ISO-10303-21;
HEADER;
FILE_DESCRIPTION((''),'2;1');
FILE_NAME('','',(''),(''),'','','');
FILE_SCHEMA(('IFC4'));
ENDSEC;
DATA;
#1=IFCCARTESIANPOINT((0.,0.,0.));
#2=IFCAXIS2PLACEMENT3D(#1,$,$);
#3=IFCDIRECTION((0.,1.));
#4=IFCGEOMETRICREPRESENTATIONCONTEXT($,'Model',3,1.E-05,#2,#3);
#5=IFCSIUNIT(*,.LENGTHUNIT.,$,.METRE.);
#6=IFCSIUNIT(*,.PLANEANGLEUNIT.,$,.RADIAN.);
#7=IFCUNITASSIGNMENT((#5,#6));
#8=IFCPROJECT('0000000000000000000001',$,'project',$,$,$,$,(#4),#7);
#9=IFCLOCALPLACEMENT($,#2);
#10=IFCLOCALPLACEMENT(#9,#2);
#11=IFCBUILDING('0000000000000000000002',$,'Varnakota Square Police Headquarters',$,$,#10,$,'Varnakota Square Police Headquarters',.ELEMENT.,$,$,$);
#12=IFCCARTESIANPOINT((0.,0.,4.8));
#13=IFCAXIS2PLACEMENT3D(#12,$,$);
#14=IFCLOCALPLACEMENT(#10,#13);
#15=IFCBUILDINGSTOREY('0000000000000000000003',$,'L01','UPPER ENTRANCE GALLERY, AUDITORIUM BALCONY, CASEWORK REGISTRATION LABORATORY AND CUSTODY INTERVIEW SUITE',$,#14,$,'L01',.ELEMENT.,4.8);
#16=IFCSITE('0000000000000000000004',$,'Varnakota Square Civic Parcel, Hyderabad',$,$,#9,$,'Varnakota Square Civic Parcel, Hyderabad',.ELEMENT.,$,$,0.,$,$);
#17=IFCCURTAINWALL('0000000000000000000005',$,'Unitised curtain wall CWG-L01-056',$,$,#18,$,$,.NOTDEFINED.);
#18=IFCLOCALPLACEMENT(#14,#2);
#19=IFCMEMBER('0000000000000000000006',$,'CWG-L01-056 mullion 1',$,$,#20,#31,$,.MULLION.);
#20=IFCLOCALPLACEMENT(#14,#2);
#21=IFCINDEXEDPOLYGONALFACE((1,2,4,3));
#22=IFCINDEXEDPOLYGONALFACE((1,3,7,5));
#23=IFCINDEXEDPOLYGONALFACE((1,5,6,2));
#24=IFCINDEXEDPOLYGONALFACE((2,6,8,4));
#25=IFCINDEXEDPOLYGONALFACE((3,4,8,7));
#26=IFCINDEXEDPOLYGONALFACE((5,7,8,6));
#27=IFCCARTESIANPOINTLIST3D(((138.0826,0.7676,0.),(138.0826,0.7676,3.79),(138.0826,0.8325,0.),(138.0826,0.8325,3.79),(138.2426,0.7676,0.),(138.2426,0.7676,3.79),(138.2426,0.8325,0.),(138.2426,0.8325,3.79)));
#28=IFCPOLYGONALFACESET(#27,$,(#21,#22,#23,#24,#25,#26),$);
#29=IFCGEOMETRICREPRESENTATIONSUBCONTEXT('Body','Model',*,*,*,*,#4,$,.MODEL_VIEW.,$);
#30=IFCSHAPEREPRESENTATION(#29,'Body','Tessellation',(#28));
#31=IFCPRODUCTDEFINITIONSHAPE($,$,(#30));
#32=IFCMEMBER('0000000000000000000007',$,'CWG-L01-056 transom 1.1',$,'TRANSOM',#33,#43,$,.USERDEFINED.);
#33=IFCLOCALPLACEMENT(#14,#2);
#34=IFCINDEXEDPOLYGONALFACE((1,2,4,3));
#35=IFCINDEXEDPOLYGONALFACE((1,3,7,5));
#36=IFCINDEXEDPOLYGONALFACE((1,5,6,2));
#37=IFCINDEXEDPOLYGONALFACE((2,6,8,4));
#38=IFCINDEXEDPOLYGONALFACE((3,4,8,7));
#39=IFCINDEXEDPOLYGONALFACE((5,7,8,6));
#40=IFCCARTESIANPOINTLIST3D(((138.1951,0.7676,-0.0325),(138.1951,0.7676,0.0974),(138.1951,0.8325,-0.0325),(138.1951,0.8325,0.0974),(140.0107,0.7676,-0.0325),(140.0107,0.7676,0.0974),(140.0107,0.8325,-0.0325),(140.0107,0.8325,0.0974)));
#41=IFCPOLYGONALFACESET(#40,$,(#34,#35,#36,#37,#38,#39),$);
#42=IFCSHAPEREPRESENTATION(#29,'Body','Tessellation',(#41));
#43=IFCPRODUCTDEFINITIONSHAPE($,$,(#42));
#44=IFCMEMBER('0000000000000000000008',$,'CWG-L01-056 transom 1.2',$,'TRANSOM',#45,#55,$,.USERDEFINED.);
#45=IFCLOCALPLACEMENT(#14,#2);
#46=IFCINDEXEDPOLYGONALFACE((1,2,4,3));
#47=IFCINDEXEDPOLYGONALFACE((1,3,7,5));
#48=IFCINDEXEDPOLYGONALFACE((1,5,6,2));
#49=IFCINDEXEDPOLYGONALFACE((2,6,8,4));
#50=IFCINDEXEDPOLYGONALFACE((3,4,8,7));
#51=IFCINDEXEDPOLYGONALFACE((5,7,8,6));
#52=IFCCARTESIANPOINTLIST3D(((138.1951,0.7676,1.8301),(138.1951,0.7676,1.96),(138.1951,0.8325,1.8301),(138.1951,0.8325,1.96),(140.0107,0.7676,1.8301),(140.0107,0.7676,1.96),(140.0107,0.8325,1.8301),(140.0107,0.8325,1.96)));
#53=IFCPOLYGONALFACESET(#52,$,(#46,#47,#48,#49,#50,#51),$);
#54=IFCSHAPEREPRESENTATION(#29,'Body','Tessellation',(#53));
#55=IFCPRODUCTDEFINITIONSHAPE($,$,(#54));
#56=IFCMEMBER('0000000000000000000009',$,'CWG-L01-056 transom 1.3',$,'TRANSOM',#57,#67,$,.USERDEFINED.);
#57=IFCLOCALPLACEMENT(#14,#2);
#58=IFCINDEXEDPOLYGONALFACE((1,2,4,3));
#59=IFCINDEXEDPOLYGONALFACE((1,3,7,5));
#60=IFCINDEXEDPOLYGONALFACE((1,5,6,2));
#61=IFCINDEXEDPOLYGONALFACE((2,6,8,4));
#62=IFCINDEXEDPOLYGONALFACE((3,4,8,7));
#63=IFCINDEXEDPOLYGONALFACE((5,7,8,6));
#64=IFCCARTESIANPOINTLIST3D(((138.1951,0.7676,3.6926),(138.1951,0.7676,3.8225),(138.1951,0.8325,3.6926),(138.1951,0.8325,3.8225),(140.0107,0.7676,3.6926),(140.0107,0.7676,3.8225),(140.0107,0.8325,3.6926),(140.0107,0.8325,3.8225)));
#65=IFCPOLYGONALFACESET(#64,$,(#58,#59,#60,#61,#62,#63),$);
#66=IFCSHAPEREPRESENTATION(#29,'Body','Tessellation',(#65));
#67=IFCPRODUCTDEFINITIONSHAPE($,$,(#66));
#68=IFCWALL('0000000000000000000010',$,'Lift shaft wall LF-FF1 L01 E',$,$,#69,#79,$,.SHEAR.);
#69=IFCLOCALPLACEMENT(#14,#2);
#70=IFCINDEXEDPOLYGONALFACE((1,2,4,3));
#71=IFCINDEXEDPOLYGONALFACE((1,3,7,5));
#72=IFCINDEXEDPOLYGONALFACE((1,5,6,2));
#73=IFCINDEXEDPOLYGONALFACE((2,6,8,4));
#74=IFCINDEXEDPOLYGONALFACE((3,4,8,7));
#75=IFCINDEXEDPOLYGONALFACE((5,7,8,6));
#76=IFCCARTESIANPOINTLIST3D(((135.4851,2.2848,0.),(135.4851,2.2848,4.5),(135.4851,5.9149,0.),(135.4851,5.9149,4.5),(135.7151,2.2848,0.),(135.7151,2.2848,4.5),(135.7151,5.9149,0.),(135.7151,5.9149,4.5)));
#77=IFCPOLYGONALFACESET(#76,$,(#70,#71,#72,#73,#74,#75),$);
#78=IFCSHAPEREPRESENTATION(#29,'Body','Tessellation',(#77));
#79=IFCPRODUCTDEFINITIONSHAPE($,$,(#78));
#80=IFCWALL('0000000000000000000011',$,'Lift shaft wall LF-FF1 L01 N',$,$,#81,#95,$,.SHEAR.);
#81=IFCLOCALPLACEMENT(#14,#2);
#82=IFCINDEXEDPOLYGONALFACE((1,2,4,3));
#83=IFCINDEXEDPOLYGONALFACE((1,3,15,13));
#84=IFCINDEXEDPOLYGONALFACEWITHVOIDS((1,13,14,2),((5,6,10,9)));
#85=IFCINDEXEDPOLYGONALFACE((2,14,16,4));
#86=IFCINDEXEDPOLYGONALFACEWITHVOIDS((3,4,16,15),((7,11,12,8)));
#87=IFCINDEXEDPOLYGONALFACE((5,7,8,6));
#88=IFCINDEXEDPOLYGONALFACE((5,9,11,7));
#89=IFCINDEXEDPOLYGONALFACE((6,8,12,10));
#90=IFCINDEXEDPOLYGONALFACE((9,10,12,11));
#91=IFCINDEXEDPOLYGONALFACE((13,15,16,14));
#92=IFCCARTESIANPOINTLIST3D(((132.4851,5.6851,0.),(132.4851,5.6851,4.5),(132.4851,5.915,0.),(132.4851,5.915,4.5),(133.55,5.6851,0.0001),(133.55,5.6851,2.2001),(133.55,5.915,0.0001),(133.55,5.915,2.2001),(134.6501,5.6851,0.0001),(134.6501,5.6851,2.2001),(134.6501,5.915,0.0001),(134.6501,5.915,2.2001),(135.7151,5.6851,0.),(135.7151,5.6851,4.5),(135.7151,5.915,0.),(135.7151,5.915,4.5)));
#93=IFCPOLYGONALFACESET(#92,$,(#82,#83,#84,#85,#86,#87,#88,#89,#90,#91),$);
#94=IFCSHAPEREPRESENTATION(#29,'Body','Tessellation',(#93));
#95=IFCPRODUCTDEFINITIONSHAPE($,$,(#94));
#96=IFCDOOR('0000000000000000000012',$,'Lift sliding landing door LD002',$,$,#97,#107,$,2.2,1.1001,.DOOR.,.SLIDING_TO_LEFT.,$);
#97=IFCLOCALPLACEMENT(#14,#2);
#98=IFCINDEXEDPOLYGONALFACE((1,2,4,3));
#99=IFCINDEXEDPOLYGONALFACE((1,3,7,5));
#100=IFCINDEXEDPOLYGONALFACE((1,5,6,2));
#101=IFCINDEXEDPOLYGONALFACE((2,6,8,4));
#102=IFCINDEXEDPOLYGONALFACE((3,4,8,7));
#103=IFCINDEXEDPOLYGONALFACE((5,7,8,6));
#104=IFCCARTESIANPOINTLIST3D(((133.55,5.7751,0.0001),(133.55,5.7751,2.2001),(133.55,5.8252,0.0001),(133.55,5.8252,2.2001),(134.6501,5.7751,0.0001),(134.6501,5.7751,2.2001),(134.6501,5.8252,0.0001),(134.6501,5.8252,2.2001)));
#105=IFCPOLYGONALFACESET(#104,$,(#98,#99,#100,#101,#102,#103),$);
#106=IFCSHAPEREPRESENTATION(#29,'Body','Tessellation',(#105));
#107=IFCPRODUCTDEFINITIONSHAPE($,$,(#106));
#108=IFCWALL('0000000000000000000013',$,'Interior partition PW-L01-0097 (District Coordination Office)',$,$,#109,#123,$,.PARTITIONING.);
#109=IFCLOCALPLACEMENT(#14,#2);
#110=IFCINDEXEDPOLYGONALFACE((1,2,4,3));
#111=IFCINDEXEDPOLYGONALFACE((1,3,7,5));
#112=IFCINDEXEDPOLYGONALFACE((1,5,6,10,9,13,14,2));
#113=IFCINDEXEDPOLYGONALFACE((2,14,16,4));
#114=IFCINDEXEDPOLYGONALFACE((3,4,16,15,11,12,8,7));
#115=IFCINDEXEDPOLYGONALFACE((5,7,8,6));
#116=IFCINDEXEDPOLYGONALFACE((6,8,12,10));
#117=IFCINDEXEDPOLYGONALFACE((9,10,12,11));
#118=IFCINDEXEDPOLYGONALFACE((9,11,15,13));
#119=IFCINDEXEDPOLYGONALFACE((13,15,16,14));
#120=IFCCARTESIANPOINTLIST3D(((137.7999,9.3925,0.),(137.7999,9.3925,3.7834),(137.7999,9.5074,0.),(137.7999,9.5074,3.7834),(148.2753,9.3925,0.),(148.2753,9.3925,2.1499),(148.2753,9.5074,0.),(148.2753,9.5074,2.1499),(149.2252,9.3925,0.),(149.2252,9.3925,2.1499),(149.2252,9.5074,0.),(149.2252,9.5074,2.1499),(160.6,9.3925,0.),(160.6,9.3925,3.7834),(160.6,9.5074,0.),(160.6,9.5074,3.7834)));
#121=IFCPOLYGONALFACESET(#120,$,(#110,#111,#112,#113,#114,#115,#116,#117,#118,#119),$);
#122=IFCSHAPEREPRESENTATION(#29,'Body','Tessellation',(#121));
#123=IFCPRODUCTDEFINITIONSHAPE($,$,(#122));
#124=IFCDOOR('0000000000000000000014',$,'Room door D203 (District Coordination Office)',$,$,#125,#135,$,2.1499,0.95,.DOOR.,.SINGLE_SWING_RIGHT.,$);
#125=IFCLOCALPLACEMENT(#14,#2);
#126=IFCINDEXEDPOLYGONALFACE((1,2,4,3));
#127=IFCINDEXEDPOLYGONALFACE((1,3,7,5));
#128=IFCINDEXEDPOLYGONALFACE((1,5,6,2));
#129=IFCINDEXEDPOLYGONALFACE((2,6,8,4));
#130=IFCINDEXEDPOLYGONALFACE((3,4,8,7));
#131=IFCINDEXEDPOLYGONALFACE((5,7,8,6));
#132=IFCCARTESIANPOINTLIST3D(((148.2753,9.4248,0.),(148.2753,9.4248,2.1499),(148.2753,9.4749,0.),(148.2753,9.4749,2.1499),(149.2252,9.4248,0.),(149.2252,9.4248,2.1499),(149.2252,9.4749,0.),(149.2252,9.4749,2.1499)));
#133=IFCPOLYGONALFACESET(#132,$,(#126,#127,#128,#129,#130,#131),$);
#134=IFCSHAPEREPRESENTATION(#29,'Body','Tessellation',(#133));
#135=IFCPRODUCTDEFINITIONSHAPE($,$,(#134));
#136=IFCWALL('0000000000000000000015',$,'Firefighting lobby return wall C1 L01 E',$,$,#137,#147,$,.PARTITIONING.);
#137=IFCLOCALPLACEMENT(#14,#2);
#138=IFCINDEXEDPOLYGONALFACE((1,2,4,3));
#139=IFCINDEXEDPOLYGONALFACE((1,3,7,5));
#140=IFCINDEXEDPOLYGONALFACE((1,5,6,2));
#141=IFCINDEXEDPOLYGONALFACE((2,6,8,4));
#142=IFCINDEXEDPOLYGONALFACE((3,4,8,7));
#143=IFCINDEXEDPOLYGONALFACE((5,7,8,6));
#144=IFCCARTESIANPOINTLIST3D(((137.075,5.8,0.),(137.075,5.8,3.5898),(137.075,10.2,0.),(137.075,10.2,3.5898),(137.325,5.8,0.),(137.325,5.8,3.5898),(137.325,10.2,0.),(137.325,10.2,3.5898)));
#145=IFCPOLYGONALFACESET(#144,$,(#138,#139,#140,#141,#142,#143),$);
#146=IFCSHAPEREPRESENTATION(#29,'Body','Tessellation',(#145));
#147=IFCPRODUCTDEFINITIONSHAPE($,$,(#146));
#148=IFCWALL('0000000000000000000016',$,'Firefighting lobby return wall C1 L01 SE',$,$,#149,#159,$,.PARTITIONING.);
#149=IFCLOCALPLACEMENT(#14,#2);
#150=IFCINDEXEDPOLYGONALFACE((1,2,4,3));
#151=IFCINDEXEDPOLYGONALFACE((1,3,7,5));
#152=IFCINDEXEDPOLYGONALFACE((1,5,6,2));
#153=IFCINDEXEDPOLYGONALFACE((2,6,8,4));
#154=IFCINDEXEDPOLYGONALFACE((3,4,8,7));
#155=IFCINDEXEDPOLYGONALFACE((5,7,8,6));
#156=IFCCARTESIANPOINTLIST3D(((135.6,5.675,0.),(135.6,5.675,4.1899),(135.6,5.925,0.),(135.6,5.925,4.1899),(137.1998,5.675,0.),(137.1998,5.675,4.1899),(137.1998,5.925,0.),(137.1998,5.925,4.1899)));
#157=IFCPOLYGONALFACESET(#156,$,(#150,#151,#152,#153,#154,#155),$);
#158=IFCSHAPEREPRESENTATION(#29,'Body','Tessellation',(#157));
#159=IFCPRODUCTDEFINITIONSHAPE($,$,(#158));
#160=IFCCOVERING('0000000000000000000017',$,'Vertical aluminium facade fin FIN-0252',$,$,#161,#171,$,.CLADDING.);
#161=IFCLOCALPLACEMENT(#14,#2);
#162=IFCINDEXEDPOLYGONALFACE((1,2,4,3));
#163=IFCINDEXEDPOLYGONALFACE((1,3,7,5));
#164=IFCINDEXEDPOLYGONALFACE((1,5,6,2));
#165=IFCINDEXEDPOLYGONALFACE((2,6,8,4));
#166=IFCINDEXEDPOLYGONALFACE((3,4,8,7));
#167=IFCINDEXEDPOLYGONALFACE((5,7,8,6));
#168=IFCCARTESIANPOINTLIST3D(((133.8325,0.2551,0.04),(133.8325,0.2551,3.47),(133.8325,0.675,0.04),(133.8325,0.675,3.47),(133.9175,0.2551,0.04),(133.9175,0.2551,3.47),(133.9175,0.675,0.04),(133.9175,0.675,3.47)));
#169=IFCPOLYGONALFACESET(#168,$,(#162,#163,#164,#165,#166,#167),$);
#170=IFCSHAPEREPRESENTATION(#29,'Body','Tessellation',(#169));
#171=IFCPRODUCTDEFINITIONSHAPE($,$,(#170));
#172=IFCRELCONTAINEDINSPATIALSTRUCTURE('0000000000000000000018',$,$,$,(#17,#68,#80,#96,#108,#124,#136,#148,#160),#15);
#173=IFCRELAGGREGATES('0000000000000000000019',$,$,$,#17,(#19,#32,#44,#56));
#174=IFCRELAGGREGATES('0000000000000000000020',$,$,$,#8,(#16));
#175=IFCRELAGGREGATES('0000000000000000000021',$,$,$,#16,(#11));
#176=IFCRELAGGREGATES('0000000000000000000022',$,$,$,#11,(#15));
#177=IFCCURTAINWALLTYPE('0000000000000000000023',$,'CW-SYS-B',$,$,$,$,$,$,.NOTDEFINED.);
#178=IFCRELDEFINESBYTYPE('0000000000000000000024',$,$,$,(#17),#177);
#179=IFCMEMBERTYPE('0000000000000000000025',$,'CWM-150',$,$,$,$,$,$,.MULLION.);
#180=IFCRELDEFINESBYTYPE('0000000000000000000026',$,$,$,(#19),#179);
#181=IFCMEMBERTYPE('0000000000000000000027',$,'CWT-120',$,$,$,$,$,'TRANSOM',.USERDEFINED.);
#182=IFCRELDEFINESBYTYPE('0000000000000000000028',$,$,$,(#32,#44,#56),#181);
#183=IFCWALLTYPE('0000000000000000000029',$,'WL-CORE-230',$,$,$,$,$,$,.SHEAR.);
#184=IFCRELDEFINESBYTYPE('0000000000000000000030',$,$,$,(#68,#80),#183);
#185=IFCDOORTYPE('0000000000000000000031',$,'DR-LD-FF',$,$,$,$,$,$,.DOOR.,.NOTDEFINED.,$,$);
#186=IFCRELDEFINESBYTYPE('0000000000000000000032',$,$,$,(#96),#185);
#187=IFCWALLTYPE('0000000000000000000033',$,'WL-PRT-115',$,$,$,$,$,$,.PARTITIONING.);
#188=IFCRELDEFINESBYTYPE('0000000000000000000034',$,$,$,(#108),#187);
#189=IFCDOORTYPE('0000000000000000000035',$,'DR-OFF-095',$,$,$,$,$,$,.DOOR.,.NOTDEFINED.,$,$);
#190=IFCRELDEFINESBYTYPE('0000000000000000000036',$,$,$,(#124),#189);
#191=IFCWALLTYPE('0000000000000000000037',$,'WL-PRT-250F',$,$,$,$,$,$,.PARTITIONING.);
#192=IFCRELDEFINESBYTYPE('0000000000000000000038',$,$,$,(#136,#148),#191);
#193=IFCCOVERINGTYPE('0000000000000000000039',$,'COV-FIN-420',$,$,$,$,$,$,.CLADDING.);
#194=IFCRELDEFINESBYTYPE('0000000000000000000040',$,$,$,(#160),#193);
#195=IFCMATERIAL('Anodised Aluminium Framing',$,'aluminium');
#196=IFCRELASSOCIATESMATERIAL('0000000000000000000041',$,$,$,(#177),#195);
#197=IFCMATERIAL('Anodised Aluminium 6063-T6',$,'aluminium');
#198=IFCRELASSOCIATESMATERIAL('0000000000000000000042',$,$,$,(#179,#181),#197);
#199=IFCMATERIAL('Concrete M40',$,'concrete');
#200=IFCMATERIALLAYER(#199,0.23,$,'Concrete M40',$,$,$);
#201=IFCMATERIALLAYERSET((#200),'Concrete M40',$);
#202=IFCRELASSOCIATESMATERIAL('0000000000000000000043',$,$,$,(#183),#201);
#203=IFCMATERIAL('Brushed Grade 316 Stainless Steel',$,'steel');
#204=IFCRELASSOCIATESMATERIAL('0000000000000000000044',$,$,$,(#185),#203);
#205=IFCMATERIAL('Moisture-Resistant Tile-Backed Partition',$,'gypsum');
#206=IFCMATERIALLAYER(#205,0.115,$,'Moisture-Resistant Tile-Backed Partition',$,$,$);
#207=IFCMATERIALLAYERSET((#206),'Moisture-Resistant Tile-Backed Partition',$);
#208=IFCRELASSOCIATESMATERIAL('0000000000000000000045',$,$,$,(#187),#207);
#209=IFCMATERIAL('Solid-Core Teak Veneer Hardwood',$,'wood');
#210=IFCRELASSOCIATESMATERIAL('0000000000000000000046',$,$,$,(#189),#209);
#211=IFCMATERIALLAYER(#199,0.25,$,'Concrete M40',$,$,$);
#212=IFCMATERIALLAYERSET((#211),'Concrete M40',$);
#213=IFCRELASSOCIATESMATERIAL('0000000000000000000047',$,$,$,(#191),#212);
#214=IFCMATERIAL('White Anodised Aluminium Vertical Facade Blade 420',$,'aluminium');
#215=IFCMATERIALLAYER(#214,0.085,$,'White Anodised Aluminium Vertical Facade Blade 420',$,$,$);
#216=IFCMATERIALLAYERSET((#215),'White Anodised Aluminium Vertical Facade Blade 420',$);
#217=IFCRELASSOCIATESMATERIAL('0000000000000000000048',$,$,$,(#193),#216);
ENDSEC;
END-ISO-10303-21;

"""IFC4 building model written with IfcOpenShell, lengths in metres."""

from ifc_helpers import new_model, si_unit, direction, frame, frame_2d, origin, origin_2d, place, context, subcontext, project, spatial, rectangle, extrude, material, layer, layer_set, material_profile, profile_set, type_object, element, fill, aggregate, save


model = new_model("IFC4")

# Units and contexts
model_context = context("Model", 3, precision=1e-05, world=origin(), true_north=direction((0.0, 1.0)))
body_context = subcontext(model_context, "Body", "Model", "MODEL_VIEW")
ifc_project = project(units=[si_unit("LENGTHUNIT", "METRE"), si_unit("PLANEANGLEUNIT", "RADIAN")], contexts=[model_context])

# Site, building, storey
site_placement = place(None, origin())
site = spatial("IfcSite", under=ifc_project, at=site_placement, Name="Varnakota Square Civic Parcel, Hyderabad", LongName="Varnakota Square Civic Parcel, Hyderabad", CompositionType="ELEMENT", RefElevation=0.0)
building_placement = place(site_placement, origin())
building = spatial("IfcBuilding", under=site, at=building_placement, Name="Varnakota Square Police Headquarters", LongName="Varnakota Square Police Headquarters", CompositionType="ELEMENT")
storey_placement = place(building_placement, frame((0.0, 0.0, 4.8)))
storey = spatial("IfcBuildingStorey", under=building, at=storey_placement, Name="L01", Description="UPPER ENTRANCE GALLERY, AUDITORIUM BALCONY, CASEWORK REGISTRATION LABORATORY AND CUSTODY INTERVIEW SUITE", LongName="L01", CompositionType="ELEMENT", Elevation=4.8)

# Curtain wall, members
ifc_material_1 = material(Name="Anodised Aluminium Framing", Category="aluminium")
curtain_wall_type = type_object("IfcCurtainWallType", Name="CW-SYS-B", PredefinedType="NOTDEFINED", material=ifc_material_1)
curtain_wall_placement = place(storey_placement, origin())
curtain_wall = element("IfcCurtainWall", 1, at=curtain_wall_placement, inside=storey, type_object=curtain_wall_type, Name="Unitised curtain wall CWG-L01-056", PredefinedType="NOTDEFINED")
ifc_material_2 = material(Name="Anodised Aluminium 6063-T6", Category="aluminium")
ifc_material_profile_1 = material_profile(ifc_material_2, rectangle(XDim=0.0649, YDim=0.1599, at=origin_2d()), Name="ALU MULLION 65x160")
ifc_profile_set_1 = profile_set([ifc_material_profile_1], Name="Anodised Aluminium 6063-T6")
member_type_1 = type_object("IfcMemberType", Name="CWM-150", PredefinedType="MULLION", material=ifc_profile_set_1)
member_1_placement = place(storey_placement, frame((138.1626, 0.8, 0.0), z_axis=(0.0, 0.0, 1.0), x_axis=(0.0, 1.0, 0.0)))
member_1 = element("IfcMember", 2, at=member_1_placement, type_object=member_type_1, Name="CWG-L01-056 mullion 1", PredefinedType="MULLION", context=body_context, shape_type="SweptSolid", body=[
    extrude(rectangle(XDim=0.0649, YDim=0.1599, at=origin_2d()), origin(), (0.0, 0.0, 1.0), 3.79),
])
ifc_material_profile_2 = material_profile(ifc_material_2, rectangle(XDim=0.0649, YDim=0.1299, at=origin_2d()), Name="ALU TRANSOM 65x130")
ifc_profile_set_2 = profile_set([ifc_material_profile_2], Name="Anodised Aluminium 6063-T6")
member_type_2 = type_object("IfcMemberType", Name="CWT-120", ElementType="TRANSOM", PredefinedType="USERDEFINED", material=ifc_profile_set_2)
member_2_placement = place(storey_placement, frame((138.1951, 0.8, 0.0325), z_axis=(1.0, 0.0, 0.0), x_axis=(0.0, 1.0, 0.0)))
member_2 = element("IfcMember", 3, at=member_2_placement, type_object=member_type_2, Name="CWG-L01-056 transom 1.1", ObjectType="TRANSOM", PredefinedType="USERDEFINED", context=body_context, shape_type="SweptSolid", body=[
    extrude(rectangle(XDim=0.0649, YDim=0.1299, at=origin_2d()), origin(), (0.0, 0.0, 1.0), 1.8157),
])
member_3_placement = place(storey_placement, frame((138.1951, 0.8, 1.895), z_axis=(1.0, 0.0, 0.0), x_axis=(0.0, 1.0, 0.0)))
member_3 = element("IfcMember", 4, at=member_3_placement, type_object=member_type_2, Name="CWG-L01-056 transom 1.2", ObjectType="TRANSOM", PredefinedType="USERDEFINED", context=body_context, shape_type="SweptSolid", body=[
    extrude(rectangle(XDim=0.0649, YDim=0.1299, at=origin_2d()), origin(), (0.0, 0.0, 1.0), 1.8157),
])
member_4_placement = place(storey_placement, frame((138.1951, 0.8, 3.7576), z_axis=(1.0, 0.0, 0.0), x_axis=(0.0, 1.0, 0.0)))
member_4 = element("IfcMember", 5, at=member_4_placement, type_object=member_type_2, Name="CWG-L01-056 transom 1.3", ObjectType="TRANSOM", PredefinedType="USERDEFINED", context=body_context, shape_type="SweptSolid", body=[
    extrude(rectangle(XDim=0.0649, YDim=0.1299, at=origin_2d()), origin(), (0.0, 0.0, 1.0), 1.8157),
])
aggregate(curtain_wall, [member_1, member_2, member_3, member_4])

# Wall
ifc_material_3 = material(Name="Concrete M40", Category="concrete")
ifc_layer_1 = layer(ifc_material_3, 0.23, Name="Concrete M40")
ifc_layer_set_1 = layer_set([ifc_layer_1], Name="Concrete M40")
wall_type_1 = type_object("IfcWallType", Name="WL-CORE-230", PredefinedType="SHEAR", material=ifc_layer_set_1)
wall_1_placement = place(storey_placement, frame((135.6001, 2.2849, 0.0), z_axis=(0.0, 0.0, 1.0), x_axis=(0.0, 1.0, 0.0)))
element("IfcWall", 6, at=wall_1_placement, inside=storey, type_object=wall_type_1, Name="Lift shaft wall LF-FF1 L01 E", PredefinedType="SHEAR", context=body_context, shape_type="SweptSolid", body=[
    extrude(rectangle(XDim=3.6301, YDim=0.23, at=frame_2d((1.8149, 0.0))), origin(), (0.0, 0.0, 1.0), 4.5),
])

# Walls, openings, doors
wall_2_placement = place(storey_placement, frame((135.7151, 5.8, 0.0), z_axis=(0.0, 0.0, 1.0), x_axis=(-1.0, 0.0, 0.0)))
wall_2 = element("IfcWall", 7, at=wall_2_placement, inside=storey, type_object=wall_type_1, Name="Lift shaft wall LF-FF1 L01 N", PredefinedType="SHEAR", context=body_context, shape_type="SweptSolid", body=[
    extrude(rectangle(XDim=3.23, YDim=0.23, at=frame_2d((1.615, 0.0))), origin(), (0.0, 0.0, 1.0), 4.5),
])
opening_1_placement = place(wall_2_placement, frame((1.0649, 0.0, 0.0)))
opening_1 = element("IfcOpeningElement", 8, at=opening_1_placement, cuts=wall_2, PredefinedType="OPENING", context=body_context, shape_type="SweptSolid", body=[
    extrude(rectangle(XDim=1.1001, YDim=2.2, at=frame_2d((0.55, 1.1001))), frame((0.0, 0.125, 0.0), z_axis=(0.0, -1.0, 0.0), x_axis=(1.0, 0.0, 0.0)), (0.0, 0.0, 1.0), 0.25),
])
ifc_material_4 = material(Name="Brushed Grade 316 Stainless Steel", Category="steel")
door_type_1 = type_object("IfcDoorType", Name="DR-LD-FF", OperationType="NOTDEFINED", PredefinedType="DOOR", material=ifc_material_4)
door_1_placement = place(opening_1_placement, origin())
door_1 = element("IfcDoor", 9, at=door_1_placement, inside=storey, type_object=door_type_1, Name="Lift sliding landing door LD002", OperationType="SLIDING_TO_LEFT", OverallHeight=2.2, OverallWidth=1.1001, PredefinedType="DOOR", context=body_context, shape_type="SweptSolid", body=[
    extrude(rectangle(XDim=1.1001, YDim=2.2, at=frame_2d((0.55, 1.1001))), frame((0.0, 0.0249, 0.0), z_axis=(0.0, -1.0, 0.0), x_axis=(1.0, 0.0, 0.0)), (0.0, 0.0, 1.0), 0.05),
])
fill(opening_1, door_1)
ifc_material_5 = material(Name="Moisture-Resistant Tile-Backed Partition", Category="gypsum")
ifc_layer_2 = layer(ifc_material_5, 0.115, Name="Moisture-Resistant Tile-Backed Partition")
ifc_layer_set_2 = layer_set([ifc_layer_2], Name="Moisture-Resistant Tile-Backed Partition")
wall_type_2 = type_object("IfcWallType", Name="WL-PRT-115", PredefinedType="PARTITIONING", material=ifc_layer_set_2)
wall_3_placement = place(storey_placement, frame((137.8, 9.45, 0.0), z_axis=(0.0, 0.0, 1.0), x_axis=(1.0, 0.0, 0.0)))
wall_3 = element("IfcWall", 10, at=wall_3_placement, inside=storey, type_object=wall_type_2, Name="Interior partition PW-L01-0097 (District Coordination Office)", PredefinedType="PARTITIONING", context=body_context, shape_type="SweptSolid", body=[
    extrude(rectangle(XDim=22.8, YDim=0.115, at=frame_2d((11.3999, 0.0))), origin(), (0.0, 0.0, 1.0), 3.7834),
])
opening_2_placement = place(wall_3_placement, frame((10.4751, 0.0, 0.0)))
opening_2 = element("IfcOpeningElement", 11, at=opening_2_placement, cuts=wall_3, PredefinedType="OPENING", context=body_context, shape_type="SweptSolid", body=[
    extrude(rectangle(XDim=0.95, YDim=2.1499, at=frame_2d((0.4751, 1.075))), frame((0.0, 0.0674, 0.0), z_axis=(0.0, -1.0, 0.0), x_axis=(1.0, 0.0, 0.0)), (0.0, 0.0, 1.0), 0.135),
])
ifc_material_6 = material(Name="Solid-Core Teak Veneer Hardwood", Category="wood")
door_type_2 = type_object("IfcDoorType", Name="DR-OFF-095", OperationType="NOTDEFINED", PredefinedType="DOOR", material=ifc_material_6)
door_2_placement = place(opening_2_placement, origin())
door_2 = element("IfcDoor", 12, at=door_2_placement, inside=storey, type_object=door_type_2, Name="Room door D203 (District Coordination Office)", OperationType="SINGLE_SWING_RIGHT", OverallHeight=2.1499, OverallWidth=0.95, PredefinedType="DOOR", context=body_context, shape_type="SweptSolid", body=[
    extrude(rectangle(XDim=0.95, YDim=2.1499, at=frame_2d((0.4751, 1.075))), frame((0.0, 0.0249, 0.0), z_axis=(0.0, -1.0, 0.0), x_axis=(1.0, 0.0, 0.0)), (0.0, 0.0, 1.0), 0.05),
])
fill(opening_2, door_2)

# Walls
ifc_layer_3 = layer(ifc_material_3, 0.25, Name="Concrete M40")
ifc_layer_set_3 = layer_set([ifc_layer_3], Name="Concrete M40")
wall_type_3 = type_object("IfcWallType", Name="WL-PRT-250F", PredefinedType="PARTITIONING", material=ifc_layer_set_3)
wall_4_placement = place(storey_placement, frame((137.2, 5.8, 0.0), z_axis=(0.0, 0.0, 1.0), x_axis=(0.0, 1.0, 0.0)))
element("IfcWall", 13, at=wall_4_placement, inside=storey, type_object=wall_type_3, Name="Firefighting lobby return wall C1 L01 E", PredefinedType="PARTITIONING", context=body_context, shape_type="SweptSolid", body=[
    extrude(rectangle(XDim=4.3999, YDim=0.25, at=frame_2d((2.2, 0.0))), origin(), (0.0, 0.0, 1.0), 3.5898),
])
wall_5_placement = place(storey_placement, frame((135.6001, 5.8, 0.0), z_axis=(0.0, 0.0, 1.0), x_axis=(1.0, 0.0, 0.0)))
element("IfcWall", 14, at=wall_5_placement, inside=storey, type_object=wall_type_3, Name="Firefighting lobby return wall C1 L01 SE", PredefinedType="PARTITIONING", context=body_context, shape_type="SweptSolid", body=[
    extrude(rectangle(XDim=1.5999, YDim=0.25, at=frame_2d((0.7998, 0.0))), origin(), (0.0, 0.0, 1.0), 4.1899),
])

# Covering
ifc_material_7 = material(Name="White Anodised Aluminium Vertical Facade Blade 420", Category="aluminium")
ifc_layer_4 = layer(ifc_material_7, 0.085, Name="White Anodised Aluminium Vertical Facade Blade 420")
ifc_layer_set_4 = layer_set([ifc_layer_4], Name="White Anodised Aluminium Vertical Facade Blade 420")
covering_type_1 = type_object("IfcCoveringType", Name="COV-FIN-420", PredefinedType="CLADDING", material=ifc_layer_set_4)
covering_1_placement = place(storey_placement, frame((133.875, 0.4651, 0.04), z_axis=(0.0, 0.0, 1.0), x_axis=(1.0, 0.0, 0.0)))
element("IfcCovering", 15, at=covering_1_placement, inside=storey, type_object=covering_type_1, Name="Vertical aluminium facade fin FIN-0252", PredefinedType="CLADDING", context=body_context, shape_type="SweptSolid", body=[
    extrude(rectangle(XDim=0.085, YDim=0.4199, at=origin_2d()), origin(), (0.0, 0.0, 1.0), 3.4299),
])

save(model, "model.ifc")
